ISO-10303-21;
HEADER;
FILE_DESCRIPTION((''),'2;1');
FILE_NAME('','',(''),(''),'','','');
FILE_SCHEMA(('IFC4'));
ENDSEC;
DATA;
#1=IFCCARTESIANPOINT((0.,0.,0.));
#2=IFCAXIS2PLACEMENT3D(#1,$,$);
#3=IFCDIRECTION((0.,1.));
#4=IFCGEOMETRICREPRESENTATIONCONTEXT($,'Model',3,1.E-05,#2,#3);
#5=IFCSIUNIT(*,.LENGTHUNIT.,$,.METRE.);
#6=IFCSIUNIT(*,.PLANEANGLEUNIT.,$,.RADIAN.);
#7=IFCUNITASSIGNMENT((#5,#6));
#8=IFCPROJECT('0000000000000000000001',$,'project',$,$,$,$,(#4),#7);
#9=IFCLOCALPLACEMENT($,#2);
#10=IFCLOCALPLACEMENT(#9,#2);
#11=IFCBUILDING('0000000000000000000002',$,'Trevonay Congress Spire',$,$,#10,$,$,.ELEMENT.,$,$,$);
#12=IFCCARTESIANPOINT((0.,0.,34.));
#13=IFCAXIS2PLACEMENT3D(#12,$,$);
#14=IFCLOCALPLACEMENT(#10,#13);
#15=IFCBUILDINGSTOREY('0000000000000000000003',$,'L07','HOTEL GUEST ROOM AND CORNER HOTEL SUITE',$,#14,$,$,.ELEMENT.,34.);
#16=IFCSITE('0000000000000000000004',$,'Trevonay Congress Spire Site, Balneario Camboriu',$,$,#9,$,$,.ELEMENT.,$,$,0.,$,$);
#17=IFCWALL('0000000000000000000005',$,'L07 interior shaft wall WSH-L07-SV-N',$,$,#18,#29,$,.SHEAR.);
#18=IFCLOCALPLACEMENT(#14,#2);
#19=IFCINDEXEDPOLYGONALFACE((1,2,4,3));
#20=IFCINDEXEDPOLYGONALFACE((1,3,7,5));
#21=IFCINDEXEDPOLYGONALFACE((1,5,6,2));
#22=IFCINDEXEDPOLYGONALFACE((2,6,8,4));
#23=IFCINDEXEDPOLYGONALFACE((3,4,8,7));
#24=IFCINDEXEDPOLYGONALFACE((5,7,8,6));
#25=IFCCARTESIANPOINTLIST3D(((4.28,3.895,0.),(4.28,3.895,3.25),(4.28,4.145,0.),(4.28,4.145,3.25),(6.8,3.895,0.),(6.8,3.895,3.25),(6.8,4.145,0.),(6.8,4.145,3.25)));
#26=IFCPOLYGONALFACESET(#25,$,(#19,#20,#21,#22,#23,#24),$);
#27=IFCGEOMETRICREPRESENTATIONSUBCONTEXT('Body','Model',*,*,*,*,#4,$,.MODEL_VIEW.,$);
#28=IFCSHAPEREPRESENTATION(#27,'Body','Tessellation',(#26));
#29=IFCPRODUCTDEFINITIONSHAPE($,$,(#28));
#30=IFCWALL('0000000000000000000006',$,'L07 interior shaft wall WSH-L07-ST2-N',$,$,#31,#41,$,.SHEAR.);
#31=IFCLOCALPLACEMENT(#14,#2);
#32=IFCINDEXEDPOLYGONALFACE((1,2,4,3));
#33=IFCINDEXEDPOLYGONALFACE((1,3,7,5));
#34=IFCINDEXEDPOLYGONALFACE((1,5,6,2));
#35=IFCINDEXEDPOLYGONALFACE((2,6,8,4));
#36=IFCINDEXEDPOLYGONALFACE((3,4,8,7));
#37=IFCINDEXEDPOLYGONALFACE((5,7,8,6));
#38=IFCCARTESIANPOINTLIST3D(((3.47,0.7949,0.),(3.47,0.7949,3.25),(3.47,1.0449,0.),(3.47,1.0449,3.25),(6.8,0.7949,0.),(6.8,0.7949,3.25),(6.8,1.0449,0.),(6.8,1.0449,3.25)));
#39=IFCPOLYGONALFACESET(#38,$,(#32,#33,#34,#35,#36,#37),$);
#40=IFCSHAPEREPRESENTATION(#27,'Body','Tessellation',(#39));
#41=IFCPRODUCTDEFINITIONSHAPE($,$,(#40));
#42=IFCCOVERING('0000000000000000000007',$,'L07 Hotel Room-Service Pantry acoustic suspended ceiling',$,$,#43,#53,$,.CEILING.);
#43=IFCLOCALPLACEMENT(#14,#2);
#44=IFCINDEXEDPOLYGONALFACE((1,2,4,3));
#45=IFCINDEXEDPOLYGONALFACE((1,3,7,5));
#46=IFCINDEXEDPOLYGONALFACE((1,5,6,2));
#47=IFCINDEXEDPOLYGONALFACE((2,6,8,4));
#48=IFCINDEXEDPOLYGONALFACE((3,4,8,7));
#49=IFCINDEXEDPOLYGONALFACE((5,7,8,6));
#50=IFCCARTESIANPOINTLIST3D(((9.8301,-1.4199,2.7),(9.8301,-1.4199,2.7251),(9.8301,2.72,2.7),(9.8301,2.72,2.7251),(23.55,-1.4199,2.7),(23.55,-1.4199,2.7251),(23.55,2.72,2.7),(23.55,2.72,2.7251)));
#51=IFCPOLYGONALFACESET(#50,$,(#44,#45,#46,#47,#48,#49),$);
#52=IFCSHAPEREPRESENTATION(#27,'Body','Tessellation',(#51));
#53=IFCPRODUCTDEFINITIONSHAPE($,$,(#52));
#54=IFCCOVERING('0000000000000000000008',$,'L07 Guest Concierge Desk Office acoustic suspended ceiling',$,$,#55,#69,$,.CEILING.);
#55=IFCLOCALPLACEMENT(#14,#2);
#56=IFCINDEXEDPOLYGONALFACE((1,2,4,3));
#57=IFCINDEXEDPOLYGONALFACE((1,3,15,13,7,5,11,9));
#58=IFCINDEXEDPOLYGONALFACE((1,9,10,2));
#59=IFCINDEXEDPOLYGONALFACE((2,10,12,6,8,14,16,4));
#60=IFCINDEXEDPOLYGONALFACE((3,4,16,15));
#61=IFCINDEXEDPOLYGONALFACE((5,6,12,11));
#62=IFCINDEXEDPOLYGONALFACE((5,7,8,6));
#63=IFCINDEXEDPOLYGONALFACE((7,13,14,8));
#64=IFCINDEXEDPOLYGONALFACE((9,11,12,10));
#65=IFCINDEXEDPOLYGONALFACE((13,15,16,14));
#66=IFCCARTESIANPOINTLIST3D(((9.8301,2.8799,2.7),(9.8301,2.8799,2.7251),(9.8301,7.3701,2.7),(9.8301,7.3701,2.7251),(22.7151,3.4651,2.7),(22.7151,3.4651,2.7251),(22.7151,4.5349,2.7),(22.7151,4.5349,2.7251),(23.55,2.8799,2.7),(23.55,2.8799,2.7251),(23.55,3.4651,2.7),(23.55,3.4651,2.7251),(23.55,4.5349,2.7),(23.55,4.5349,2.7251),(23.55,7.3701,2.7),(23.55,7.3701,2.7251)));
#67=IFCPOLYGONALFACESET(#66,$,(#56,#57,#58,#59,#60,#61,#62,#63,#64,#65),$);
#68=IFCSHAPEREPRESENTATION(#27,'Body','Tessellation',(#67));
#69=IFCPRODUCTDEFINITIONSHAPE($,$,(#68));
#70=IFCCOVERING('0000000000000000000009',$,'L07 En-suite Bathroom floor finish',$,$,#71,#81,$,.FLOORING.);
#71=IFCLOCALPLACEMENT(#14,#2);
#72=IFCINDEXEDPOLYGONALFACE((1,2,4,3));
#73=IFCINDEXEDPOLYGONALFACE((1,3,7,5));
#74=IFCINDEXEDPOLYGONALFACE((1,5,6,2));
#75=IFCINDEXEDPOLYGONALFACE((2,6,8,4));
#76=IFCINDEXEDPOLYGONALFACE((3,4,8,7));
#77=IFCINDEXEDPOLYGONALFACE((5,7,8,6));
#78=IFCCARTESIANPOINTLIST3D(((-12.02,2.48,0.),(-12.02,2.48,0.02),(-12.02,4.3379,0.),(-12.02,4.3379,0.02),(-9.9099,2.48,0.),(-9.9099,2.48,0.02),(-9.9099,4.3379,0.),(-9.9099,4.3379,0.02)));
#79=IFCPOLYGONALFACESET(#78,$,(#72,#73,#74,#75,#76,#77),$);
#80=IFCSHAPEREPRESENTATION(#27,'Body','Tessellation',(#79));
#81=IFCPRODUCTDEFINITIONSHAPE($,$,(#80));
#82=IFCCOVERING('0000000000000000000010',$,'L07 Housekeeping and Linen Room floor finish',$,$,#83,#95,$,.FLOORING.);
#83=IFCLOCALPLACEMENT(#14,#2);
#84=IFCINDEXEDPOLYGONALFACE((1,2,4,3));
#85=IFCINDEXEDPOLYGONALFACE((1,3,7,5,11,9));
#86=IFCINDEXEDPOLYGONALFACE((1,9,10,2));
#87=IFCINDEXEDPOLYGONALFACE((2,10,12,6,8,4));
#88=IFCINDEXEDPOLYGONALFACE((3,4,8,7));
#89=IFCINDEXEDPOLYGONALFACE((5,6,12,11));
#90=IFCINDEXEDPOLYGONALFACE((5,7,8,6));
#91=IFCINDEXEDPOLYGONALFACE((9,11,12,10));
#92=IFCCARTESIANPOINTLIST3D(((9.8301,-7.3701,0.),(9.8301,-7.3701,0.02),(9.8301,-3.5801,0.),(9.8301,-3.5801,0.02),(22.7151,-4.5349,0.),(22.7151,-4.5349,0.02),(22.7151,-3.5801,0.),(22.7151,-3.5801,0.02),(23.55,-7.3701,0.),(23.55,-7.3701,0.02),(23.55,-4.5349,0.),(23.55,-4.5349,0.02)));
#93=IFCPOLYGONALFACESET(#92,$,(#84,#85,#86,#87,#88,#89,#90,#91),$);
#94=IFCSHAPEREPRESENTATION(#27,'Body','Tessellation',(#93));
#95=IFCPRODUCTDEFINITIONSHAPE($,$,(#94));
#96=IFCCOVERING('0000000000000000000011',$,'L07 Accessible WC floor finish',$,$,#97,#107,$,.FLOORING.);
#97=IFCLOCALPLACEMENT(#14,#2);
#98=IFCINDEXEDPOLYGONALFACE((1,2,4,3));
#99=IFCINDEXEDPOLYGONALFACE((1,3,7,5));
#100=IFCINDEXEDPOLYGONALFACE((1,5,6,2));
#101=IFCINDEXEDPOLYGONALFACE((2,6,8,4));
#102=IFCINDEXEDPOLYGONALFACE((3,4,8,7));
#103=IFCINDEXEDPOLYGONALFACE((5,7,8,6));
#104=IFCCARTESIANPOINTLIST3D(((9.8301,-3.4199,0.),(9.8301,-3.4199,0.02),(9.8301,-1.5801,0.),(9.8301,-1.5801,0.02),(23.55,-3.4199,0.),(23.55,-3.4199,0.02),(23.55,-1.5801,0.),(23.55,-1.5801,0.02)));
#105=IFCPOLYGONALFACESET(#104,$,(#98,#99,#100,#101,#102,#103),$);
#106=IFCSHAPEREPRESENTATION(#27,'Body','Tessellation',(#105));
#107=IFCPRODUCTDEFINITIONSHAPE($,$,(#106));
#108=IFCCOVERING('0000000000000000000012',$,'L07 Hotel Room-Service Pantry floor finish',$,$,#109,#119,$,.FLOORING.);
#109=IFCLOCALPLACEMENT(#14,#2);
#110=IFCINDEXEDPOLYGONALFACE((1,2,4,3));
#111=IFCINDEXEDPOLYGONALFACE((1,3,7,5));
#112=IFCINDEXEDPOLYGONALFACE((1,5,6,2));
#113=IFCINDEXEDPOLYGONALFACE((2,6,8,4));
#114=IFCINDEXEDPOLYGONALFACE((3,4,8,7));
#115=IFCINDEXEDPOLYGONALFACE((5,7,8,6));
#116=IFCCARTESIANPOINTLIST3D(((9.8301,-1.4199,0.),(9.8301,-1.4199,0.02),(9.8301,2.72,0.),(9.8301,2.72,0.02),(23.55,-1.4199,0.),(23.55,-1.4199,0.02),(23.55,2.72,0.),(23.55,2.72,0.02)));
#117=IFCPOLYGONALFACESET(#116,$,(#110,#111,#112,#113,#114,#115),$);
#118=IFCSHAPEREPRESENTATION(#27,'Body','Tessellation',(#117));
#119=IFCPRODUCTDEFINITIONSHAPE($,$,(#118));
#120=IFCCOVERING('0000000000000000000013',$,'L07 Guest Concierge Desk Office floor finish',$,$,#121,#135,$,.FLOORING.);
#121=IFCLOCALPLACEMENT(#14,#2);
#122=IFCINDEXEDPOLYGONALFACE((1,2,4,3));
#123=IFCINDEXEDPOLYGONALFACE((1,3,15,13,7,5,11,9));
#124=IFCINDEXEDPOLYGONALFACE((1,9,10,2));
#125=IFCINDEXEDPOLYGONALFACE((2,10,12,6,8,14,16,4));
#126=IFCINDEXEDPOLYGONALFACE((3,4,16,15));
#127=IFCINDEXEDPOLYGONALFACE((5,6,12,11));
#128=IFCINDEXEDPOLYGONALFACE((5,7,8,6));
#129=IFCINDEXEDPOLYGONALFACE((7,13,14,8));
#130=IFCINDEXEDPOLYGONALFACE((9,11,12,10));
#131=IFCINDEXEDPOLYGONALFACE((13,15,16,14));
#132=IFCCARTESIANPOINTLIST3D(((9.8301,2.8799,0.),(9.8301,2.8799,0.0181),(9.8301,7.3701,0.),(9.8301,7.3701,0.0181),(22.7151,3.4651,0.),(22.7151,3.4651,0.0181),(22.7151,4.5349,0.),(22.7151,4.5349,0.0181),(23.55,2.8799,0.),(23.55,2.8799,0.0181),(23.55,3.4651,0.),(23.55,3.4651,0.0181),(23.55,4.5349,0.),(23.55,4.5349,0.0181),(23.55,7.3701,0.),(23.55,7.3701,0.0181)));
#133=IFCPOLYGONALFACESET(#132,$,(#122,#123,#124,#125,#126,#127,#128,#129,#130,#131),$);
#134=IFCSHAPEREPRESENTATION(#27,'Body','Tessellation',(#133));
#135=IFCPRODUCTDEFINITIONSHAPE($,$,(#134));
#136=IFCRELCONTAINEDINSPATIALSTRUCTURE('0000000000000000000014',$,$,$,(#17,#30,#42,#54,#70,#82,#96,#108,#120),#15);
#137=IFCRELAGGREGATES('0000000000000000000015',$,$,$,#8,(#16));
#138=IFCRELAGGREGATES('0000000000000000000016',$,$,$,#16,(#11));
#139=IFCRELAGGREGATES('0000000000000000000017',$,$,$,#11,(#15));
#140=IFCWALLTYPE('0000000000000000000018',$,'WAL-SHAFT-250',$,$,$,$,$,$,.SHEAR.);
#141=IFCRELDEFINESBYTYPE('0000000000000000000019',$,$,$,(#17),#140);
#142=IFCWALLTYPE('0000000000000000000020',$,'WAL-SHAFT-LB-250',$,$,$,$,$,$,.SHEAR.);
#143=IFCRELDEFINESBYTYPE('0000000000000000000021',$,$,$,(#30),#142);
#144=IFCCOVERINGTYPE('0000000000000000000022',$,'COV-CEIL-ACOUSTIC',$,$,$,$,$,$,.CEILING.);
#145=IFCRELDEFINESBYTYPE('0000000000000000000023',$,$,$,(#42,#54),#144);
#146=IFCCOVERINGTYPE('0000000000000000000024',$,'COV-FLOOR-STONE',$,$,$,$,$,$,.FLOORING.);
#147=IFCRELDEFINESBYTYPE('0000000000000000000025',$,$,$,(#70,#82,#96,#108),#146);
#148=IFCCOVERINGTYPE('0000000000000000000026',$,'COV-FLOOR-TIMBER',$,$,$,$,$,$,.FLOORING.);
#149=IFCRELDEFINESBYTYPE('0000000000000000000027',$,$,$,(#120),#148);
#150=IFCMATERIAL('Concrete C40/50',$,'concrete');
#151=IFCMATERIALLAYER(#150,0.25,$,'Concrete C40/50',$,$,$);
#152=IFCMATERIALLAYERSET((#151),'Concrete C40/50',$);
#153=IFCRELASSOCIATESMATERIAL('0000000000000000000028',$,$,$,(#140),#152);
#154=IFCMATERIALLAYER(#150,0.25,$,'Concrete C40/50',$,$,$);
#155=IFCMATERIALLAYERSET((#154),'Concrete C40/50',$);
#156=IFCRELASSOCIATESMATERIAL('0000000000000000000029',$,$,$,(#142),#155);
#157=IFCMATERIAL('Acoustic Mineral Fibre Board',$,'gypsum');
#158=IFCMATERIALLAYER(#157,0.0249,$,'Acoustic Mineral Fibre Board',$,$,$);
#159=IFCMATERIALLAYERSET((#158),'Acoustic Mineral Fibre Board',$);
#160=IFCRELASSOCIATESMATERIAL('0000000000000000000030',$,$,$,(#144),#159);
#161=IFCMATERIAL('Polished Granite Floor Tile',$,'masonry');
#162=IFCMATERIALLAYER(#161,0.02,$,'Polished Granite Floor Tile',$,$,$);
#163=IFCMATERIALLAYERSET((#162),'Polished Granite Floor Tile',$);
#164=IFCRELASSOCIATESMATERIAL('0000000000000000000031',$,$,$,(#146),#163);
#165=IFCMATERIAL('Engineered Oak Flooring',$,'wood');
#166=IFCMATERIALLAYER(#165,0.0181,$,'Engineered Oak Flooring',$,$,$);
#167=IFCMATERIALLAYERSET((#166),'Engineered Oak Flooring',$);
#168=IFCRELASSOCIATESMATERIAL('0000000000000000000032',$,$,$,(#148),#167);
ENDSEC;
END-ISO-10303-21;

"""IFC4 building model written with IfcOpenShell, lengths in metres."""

from ifc_helpers import new_model, si_unit, direction, frame, frame_2d, origin, place, context, subcontext, project, spatial, polyline, rectangle, outline, extrude, material, layer, layer_set, type_object, element, save


model = new_model("IFC4")

# Units and contexts
model_context = context("Model", 3, precision=1e-05, world=origin(), true_north=direction((0.0, 1.0)))
body_context = subcontext(model_context, "Body", "Model", "MODEL_VIEW")
ifc_project = project(units=[si_unit("LENGTHUNIT", "METRE"), si_unit("PLANEANGLEUNIT", "RADIAN")], contexts=[model_context])

# Site, building, storey
site_placement = place(None, origin())
site = spatial("IfcSite", under=ifc_project, at=site_placement, Name="Trevonay Congress Spire Site, Balneario Camboriu", CompositionType="ELEMENT", RefElevation=0.0)
building_placement = place(site_placement, origin())
building = spatial("IfcBuilding", under=site, at=building_placement, Name="Trevonay Congress Spire", CompositionType="ELEMENT")
storey_placement = place(building_placement, frame((0.0, 0.0, 34.0)))
storey = spatial("IfcBuildingStorey", under=building, at=storey_placement, Name="L07", Description="HOTEL GUEST ROOM AND CORNER HOTEL SUITE", CompositionType="ELEMENT", Elevation=34.0)

# Shared definitions
ifc_material_1 = material(Name="Concrete C40/50", Category="concrete")

# Shared definitions
ifc_layer_1 = layer(ifc_material_1, 0.25, Name="Concrete C40/50")
ifc_layer_set_1 = layer_set([ifc_layer_1], Name="Concrete C40/50")
wall_type_1 = type_object("IfcWallType", Name="WAL-SHAFT-250", PredefinedType="SHEAR", material=ifc_layer_set_1)

# Walls
for number, where, z_axis, x_axis, name in (
    (1, (4.28, 4.02, 0.0), (0.0, 0.0, 1.0), (1.0, 0.0, 0.0), "L07 interior shaft wall WSH-L07-SV-N"),
):
    element("IfcWall", number, at=place(storey_placement, frame(where, z_axis=z_axis, x_axis=x_axis)), inside=storey, type_object=wall_type_1, Name=name, PredefinedType="SHEAR", context=body_context, shape_type="SweptSolid", body=[
        extrude(rectangle(XDim=2.52, YDim=0.25, at=frame_2d((1.26, 0.0))), origin(), (0.0, 0.0, 1.0), 3.25),
    ])
ifc_layer_2 = layer(ifc_material_1, 0.25, Name="Concrete C40/50")
ifc_layer_set_2 = layer_set([ifc_layer_2], Name="Concrete C40/50")
wall_type_2 = type_object("IfcWallType", Name="WAL-SHAFT-LB-250", PredefinedType="SHEAR", material=ifc_layer_set_2)
wall_1_placement = place(storey_placement, frame((3.47, 0.9199, 0.0), z_axis=(0.0, 0.0, 1.0), x_axis=(1.0, 0.0, 0.0)))
element("IfcWall", 2, at=wall_1_placement, inside=storey, type_object=wall_type_2, Name="L07 interior shaft wall WSH-L07-ST2-N", PredefinedType="SHEAR", context=body_context, shape_type="SweptSolid", body=[
    extrude(rectangle(XDim=3.3301, YDim=0.25, at=frame_2d((1.665, 0.0))), origin(), (0.0, 0.0, 1.0), 3.25),
])

# Coverings
ifc_material_2 = material(Name="Acoustic Mineral Fibre Board", Category="gypsum")
ifc_layer_3 = layer(ifc_material_2, 0.0249, Name="Acoustic Mineral Fibre Board")
ifc_layer_set_3 = layer_set([ifc_layer_3], Name="Acoustic Mineral Fibre Board")
covering_type_1 = type_object("IfcCoveringType", Name="COV-CEIL-ACOUSTIC", PredefinedType="CEILING", material=ifc_layer_set_3)
covering_1_placement = place(storey_placement, frame((0.0, 0.0, 2.7)))
element("IfcCovering", 3, at=covering_1_placement, inside=storey, type_object=covering_type_1, Name="L07 Hotel Room-Service Pantry acoustic suspended ceiling", PredefinedType="CEILING", context=body_context, shape_type="SweptSolid", body=[
    extrude(outline(polyline([(9.8301, -1.4199), (23.55, -1.4199), (23.55, 2.72), (9.8301, 2.72), (9.8301, -1.4199)])), origin(), (0.0, 0.0, 1.0), 0.0251),
])
covering_2_placement = place(storey_placement, frame((0.0, 0.0, 2.7)))
element("IfcCovering", 4, at=covering_2_placement, inside=storey, type_object=covering_type_1, Name="L07 Guest Concierge Desk Office acoustic suspended ceiling", PredefinedType="CEILING", context=body_context, shape_type="SweptSolid", body=[
    extrude(outline(polyline([(23.55, 2.8799), (9.8301, 2.8799), (9.8301, 7.3701), (23.55, 7.3701), (23.55, 4.5349), (22.7151, 4.5349), (22.7151, 3.4651), (23.55, 3.4651), (23.55, 2.8799)])), origin(), (0.0, 0.0, 1.0), 0.0251),
])
ifc_material_3 = material(Name="Polished Granite Floor Tile", Category="masonry")
ifc_layer_4 = layer(ifc_material_3, 0.02, Name="Polished Granite Floor Tile")
ifc_layer_set_4 = layer_set([ifc_layer_4], Name="Polished Granite Floor Tile")
covering_type_2 = type_object("IfcCoveringType", Name="COV-FLOOR-STONE", PredefinedType="FLOORING", material=ifc_layer_set_4)
covering_3_placement = place(storey_placement, origin())
element("IfcCovering", 5, at=covering_3_placement, inside=storey, type_object=covering_type_2, Name="L07 En-suite Bathroom floor finish", PredefinedType="FLOORING", context=body_context, shape_type="SweptSolid", body=[
    extrude(outline(polyline([(-12.02, 2.48), (-9.9099, 2.48), (-9.9099, 4.3379), (-12.02, 4.3379), (-12.02, 2.48)])), origin(), (0.0, 0.0, 1.0), 0.02),
])
covering_4_placement = place(storey_placement, origin())
element("IfcCovering", 6, at=covering_4_placement, inside=storey, type_object=covering_type_2, Name="L07 Housekeeping and Linen Room floor finish", PredefinedType="FLOORING", context=body_context, shape_type="SweptSolid", body=[
    extrude(outline(polyline([(23.55, -7.3701), (9.8301, -7.3701), (9.8301, -3.5801), (22.7151, -3.5801), (22.7151, -4.5349), (23.55, -4.5349), (23.55, -7.3701)])), origin(), (0.0, 0.0, 1.0), 0.02),
])
covering_5_placement = place(storey_placement, origin())
element("IfcCovering", 7, at=covering_5_placement, inside=storey, type_object=covering_type_2, Name="L07 Accessible WC floor finish", PredefinedType="FLOORING", context=body_context, shape_type="SweptSolid", body=[
    extrude(outline(polyline([(9.8301, -3.4199), (23.55, -3.4199), (23.55, -1.5801), (9.8301, -1.5801), (9.8301, -3.4199)])), origin(), (0.0, 0.0, 1.0), 0.02),
])
covering_6_placement = place(storey_placement, origin())
element("IfcCovering", 8, at=covering_6_placement, inside=storey, type_object=covering_type_2, Name="L07 Hotel Room-Service Pantry floor finish", PredefinedType="FLOORING", context=body_context, shape_type="SweptSolid", body=[
    extrude(outline(polyline([(9.8301, -1.4199), (23.55, -1.4199), (23.55, 2.72), (9.8301, 2.72), (9.8301, -1.4199)])), origin(), (0.0, 0.0, 1.0), 0.02),
])
ifc_material_4 = material(Name="Engineered Oak Flooring", Category="wood")
ifc_layer_5 = layer(ifc_material_4, 0.0181, Name="Engineered Oak Flooring")
ifc_layer_set_5 = layer_set([ifc_layer_5], Name="Engineered Oak Flooring")
covering_type_3 = type_object("IfcCoveringType", Name="COV-FLOOR-TIMBER", PredefinedType="FLOORING", material=ifc_layer_set_5)
covering_7_placement = place(storey_placement, origin())
element("IfcCovering", 9, at=covering_7_placement, inside=storey, type_object=covering_type_3, Name="L07 Guest Concierge Desk Office floor finish", PredefinedType="FLOORING", context=body_context, shape_type="SweptSolid", body=[
    extrude(outline(polyline([(23.55, 2.8799), (9.8301, 2.8799), (9.8301, 7.3701), (23.55, 7.3701), (23.55, 4.5349), (22.7151, 4.5349), (22.7151, 3.4651), (23.55, 3.4651), (23.55, 2.8799)])), origin(), (0.0, 0.0, 1.0), 0.0181),
])

save(model, "model.ifc")
